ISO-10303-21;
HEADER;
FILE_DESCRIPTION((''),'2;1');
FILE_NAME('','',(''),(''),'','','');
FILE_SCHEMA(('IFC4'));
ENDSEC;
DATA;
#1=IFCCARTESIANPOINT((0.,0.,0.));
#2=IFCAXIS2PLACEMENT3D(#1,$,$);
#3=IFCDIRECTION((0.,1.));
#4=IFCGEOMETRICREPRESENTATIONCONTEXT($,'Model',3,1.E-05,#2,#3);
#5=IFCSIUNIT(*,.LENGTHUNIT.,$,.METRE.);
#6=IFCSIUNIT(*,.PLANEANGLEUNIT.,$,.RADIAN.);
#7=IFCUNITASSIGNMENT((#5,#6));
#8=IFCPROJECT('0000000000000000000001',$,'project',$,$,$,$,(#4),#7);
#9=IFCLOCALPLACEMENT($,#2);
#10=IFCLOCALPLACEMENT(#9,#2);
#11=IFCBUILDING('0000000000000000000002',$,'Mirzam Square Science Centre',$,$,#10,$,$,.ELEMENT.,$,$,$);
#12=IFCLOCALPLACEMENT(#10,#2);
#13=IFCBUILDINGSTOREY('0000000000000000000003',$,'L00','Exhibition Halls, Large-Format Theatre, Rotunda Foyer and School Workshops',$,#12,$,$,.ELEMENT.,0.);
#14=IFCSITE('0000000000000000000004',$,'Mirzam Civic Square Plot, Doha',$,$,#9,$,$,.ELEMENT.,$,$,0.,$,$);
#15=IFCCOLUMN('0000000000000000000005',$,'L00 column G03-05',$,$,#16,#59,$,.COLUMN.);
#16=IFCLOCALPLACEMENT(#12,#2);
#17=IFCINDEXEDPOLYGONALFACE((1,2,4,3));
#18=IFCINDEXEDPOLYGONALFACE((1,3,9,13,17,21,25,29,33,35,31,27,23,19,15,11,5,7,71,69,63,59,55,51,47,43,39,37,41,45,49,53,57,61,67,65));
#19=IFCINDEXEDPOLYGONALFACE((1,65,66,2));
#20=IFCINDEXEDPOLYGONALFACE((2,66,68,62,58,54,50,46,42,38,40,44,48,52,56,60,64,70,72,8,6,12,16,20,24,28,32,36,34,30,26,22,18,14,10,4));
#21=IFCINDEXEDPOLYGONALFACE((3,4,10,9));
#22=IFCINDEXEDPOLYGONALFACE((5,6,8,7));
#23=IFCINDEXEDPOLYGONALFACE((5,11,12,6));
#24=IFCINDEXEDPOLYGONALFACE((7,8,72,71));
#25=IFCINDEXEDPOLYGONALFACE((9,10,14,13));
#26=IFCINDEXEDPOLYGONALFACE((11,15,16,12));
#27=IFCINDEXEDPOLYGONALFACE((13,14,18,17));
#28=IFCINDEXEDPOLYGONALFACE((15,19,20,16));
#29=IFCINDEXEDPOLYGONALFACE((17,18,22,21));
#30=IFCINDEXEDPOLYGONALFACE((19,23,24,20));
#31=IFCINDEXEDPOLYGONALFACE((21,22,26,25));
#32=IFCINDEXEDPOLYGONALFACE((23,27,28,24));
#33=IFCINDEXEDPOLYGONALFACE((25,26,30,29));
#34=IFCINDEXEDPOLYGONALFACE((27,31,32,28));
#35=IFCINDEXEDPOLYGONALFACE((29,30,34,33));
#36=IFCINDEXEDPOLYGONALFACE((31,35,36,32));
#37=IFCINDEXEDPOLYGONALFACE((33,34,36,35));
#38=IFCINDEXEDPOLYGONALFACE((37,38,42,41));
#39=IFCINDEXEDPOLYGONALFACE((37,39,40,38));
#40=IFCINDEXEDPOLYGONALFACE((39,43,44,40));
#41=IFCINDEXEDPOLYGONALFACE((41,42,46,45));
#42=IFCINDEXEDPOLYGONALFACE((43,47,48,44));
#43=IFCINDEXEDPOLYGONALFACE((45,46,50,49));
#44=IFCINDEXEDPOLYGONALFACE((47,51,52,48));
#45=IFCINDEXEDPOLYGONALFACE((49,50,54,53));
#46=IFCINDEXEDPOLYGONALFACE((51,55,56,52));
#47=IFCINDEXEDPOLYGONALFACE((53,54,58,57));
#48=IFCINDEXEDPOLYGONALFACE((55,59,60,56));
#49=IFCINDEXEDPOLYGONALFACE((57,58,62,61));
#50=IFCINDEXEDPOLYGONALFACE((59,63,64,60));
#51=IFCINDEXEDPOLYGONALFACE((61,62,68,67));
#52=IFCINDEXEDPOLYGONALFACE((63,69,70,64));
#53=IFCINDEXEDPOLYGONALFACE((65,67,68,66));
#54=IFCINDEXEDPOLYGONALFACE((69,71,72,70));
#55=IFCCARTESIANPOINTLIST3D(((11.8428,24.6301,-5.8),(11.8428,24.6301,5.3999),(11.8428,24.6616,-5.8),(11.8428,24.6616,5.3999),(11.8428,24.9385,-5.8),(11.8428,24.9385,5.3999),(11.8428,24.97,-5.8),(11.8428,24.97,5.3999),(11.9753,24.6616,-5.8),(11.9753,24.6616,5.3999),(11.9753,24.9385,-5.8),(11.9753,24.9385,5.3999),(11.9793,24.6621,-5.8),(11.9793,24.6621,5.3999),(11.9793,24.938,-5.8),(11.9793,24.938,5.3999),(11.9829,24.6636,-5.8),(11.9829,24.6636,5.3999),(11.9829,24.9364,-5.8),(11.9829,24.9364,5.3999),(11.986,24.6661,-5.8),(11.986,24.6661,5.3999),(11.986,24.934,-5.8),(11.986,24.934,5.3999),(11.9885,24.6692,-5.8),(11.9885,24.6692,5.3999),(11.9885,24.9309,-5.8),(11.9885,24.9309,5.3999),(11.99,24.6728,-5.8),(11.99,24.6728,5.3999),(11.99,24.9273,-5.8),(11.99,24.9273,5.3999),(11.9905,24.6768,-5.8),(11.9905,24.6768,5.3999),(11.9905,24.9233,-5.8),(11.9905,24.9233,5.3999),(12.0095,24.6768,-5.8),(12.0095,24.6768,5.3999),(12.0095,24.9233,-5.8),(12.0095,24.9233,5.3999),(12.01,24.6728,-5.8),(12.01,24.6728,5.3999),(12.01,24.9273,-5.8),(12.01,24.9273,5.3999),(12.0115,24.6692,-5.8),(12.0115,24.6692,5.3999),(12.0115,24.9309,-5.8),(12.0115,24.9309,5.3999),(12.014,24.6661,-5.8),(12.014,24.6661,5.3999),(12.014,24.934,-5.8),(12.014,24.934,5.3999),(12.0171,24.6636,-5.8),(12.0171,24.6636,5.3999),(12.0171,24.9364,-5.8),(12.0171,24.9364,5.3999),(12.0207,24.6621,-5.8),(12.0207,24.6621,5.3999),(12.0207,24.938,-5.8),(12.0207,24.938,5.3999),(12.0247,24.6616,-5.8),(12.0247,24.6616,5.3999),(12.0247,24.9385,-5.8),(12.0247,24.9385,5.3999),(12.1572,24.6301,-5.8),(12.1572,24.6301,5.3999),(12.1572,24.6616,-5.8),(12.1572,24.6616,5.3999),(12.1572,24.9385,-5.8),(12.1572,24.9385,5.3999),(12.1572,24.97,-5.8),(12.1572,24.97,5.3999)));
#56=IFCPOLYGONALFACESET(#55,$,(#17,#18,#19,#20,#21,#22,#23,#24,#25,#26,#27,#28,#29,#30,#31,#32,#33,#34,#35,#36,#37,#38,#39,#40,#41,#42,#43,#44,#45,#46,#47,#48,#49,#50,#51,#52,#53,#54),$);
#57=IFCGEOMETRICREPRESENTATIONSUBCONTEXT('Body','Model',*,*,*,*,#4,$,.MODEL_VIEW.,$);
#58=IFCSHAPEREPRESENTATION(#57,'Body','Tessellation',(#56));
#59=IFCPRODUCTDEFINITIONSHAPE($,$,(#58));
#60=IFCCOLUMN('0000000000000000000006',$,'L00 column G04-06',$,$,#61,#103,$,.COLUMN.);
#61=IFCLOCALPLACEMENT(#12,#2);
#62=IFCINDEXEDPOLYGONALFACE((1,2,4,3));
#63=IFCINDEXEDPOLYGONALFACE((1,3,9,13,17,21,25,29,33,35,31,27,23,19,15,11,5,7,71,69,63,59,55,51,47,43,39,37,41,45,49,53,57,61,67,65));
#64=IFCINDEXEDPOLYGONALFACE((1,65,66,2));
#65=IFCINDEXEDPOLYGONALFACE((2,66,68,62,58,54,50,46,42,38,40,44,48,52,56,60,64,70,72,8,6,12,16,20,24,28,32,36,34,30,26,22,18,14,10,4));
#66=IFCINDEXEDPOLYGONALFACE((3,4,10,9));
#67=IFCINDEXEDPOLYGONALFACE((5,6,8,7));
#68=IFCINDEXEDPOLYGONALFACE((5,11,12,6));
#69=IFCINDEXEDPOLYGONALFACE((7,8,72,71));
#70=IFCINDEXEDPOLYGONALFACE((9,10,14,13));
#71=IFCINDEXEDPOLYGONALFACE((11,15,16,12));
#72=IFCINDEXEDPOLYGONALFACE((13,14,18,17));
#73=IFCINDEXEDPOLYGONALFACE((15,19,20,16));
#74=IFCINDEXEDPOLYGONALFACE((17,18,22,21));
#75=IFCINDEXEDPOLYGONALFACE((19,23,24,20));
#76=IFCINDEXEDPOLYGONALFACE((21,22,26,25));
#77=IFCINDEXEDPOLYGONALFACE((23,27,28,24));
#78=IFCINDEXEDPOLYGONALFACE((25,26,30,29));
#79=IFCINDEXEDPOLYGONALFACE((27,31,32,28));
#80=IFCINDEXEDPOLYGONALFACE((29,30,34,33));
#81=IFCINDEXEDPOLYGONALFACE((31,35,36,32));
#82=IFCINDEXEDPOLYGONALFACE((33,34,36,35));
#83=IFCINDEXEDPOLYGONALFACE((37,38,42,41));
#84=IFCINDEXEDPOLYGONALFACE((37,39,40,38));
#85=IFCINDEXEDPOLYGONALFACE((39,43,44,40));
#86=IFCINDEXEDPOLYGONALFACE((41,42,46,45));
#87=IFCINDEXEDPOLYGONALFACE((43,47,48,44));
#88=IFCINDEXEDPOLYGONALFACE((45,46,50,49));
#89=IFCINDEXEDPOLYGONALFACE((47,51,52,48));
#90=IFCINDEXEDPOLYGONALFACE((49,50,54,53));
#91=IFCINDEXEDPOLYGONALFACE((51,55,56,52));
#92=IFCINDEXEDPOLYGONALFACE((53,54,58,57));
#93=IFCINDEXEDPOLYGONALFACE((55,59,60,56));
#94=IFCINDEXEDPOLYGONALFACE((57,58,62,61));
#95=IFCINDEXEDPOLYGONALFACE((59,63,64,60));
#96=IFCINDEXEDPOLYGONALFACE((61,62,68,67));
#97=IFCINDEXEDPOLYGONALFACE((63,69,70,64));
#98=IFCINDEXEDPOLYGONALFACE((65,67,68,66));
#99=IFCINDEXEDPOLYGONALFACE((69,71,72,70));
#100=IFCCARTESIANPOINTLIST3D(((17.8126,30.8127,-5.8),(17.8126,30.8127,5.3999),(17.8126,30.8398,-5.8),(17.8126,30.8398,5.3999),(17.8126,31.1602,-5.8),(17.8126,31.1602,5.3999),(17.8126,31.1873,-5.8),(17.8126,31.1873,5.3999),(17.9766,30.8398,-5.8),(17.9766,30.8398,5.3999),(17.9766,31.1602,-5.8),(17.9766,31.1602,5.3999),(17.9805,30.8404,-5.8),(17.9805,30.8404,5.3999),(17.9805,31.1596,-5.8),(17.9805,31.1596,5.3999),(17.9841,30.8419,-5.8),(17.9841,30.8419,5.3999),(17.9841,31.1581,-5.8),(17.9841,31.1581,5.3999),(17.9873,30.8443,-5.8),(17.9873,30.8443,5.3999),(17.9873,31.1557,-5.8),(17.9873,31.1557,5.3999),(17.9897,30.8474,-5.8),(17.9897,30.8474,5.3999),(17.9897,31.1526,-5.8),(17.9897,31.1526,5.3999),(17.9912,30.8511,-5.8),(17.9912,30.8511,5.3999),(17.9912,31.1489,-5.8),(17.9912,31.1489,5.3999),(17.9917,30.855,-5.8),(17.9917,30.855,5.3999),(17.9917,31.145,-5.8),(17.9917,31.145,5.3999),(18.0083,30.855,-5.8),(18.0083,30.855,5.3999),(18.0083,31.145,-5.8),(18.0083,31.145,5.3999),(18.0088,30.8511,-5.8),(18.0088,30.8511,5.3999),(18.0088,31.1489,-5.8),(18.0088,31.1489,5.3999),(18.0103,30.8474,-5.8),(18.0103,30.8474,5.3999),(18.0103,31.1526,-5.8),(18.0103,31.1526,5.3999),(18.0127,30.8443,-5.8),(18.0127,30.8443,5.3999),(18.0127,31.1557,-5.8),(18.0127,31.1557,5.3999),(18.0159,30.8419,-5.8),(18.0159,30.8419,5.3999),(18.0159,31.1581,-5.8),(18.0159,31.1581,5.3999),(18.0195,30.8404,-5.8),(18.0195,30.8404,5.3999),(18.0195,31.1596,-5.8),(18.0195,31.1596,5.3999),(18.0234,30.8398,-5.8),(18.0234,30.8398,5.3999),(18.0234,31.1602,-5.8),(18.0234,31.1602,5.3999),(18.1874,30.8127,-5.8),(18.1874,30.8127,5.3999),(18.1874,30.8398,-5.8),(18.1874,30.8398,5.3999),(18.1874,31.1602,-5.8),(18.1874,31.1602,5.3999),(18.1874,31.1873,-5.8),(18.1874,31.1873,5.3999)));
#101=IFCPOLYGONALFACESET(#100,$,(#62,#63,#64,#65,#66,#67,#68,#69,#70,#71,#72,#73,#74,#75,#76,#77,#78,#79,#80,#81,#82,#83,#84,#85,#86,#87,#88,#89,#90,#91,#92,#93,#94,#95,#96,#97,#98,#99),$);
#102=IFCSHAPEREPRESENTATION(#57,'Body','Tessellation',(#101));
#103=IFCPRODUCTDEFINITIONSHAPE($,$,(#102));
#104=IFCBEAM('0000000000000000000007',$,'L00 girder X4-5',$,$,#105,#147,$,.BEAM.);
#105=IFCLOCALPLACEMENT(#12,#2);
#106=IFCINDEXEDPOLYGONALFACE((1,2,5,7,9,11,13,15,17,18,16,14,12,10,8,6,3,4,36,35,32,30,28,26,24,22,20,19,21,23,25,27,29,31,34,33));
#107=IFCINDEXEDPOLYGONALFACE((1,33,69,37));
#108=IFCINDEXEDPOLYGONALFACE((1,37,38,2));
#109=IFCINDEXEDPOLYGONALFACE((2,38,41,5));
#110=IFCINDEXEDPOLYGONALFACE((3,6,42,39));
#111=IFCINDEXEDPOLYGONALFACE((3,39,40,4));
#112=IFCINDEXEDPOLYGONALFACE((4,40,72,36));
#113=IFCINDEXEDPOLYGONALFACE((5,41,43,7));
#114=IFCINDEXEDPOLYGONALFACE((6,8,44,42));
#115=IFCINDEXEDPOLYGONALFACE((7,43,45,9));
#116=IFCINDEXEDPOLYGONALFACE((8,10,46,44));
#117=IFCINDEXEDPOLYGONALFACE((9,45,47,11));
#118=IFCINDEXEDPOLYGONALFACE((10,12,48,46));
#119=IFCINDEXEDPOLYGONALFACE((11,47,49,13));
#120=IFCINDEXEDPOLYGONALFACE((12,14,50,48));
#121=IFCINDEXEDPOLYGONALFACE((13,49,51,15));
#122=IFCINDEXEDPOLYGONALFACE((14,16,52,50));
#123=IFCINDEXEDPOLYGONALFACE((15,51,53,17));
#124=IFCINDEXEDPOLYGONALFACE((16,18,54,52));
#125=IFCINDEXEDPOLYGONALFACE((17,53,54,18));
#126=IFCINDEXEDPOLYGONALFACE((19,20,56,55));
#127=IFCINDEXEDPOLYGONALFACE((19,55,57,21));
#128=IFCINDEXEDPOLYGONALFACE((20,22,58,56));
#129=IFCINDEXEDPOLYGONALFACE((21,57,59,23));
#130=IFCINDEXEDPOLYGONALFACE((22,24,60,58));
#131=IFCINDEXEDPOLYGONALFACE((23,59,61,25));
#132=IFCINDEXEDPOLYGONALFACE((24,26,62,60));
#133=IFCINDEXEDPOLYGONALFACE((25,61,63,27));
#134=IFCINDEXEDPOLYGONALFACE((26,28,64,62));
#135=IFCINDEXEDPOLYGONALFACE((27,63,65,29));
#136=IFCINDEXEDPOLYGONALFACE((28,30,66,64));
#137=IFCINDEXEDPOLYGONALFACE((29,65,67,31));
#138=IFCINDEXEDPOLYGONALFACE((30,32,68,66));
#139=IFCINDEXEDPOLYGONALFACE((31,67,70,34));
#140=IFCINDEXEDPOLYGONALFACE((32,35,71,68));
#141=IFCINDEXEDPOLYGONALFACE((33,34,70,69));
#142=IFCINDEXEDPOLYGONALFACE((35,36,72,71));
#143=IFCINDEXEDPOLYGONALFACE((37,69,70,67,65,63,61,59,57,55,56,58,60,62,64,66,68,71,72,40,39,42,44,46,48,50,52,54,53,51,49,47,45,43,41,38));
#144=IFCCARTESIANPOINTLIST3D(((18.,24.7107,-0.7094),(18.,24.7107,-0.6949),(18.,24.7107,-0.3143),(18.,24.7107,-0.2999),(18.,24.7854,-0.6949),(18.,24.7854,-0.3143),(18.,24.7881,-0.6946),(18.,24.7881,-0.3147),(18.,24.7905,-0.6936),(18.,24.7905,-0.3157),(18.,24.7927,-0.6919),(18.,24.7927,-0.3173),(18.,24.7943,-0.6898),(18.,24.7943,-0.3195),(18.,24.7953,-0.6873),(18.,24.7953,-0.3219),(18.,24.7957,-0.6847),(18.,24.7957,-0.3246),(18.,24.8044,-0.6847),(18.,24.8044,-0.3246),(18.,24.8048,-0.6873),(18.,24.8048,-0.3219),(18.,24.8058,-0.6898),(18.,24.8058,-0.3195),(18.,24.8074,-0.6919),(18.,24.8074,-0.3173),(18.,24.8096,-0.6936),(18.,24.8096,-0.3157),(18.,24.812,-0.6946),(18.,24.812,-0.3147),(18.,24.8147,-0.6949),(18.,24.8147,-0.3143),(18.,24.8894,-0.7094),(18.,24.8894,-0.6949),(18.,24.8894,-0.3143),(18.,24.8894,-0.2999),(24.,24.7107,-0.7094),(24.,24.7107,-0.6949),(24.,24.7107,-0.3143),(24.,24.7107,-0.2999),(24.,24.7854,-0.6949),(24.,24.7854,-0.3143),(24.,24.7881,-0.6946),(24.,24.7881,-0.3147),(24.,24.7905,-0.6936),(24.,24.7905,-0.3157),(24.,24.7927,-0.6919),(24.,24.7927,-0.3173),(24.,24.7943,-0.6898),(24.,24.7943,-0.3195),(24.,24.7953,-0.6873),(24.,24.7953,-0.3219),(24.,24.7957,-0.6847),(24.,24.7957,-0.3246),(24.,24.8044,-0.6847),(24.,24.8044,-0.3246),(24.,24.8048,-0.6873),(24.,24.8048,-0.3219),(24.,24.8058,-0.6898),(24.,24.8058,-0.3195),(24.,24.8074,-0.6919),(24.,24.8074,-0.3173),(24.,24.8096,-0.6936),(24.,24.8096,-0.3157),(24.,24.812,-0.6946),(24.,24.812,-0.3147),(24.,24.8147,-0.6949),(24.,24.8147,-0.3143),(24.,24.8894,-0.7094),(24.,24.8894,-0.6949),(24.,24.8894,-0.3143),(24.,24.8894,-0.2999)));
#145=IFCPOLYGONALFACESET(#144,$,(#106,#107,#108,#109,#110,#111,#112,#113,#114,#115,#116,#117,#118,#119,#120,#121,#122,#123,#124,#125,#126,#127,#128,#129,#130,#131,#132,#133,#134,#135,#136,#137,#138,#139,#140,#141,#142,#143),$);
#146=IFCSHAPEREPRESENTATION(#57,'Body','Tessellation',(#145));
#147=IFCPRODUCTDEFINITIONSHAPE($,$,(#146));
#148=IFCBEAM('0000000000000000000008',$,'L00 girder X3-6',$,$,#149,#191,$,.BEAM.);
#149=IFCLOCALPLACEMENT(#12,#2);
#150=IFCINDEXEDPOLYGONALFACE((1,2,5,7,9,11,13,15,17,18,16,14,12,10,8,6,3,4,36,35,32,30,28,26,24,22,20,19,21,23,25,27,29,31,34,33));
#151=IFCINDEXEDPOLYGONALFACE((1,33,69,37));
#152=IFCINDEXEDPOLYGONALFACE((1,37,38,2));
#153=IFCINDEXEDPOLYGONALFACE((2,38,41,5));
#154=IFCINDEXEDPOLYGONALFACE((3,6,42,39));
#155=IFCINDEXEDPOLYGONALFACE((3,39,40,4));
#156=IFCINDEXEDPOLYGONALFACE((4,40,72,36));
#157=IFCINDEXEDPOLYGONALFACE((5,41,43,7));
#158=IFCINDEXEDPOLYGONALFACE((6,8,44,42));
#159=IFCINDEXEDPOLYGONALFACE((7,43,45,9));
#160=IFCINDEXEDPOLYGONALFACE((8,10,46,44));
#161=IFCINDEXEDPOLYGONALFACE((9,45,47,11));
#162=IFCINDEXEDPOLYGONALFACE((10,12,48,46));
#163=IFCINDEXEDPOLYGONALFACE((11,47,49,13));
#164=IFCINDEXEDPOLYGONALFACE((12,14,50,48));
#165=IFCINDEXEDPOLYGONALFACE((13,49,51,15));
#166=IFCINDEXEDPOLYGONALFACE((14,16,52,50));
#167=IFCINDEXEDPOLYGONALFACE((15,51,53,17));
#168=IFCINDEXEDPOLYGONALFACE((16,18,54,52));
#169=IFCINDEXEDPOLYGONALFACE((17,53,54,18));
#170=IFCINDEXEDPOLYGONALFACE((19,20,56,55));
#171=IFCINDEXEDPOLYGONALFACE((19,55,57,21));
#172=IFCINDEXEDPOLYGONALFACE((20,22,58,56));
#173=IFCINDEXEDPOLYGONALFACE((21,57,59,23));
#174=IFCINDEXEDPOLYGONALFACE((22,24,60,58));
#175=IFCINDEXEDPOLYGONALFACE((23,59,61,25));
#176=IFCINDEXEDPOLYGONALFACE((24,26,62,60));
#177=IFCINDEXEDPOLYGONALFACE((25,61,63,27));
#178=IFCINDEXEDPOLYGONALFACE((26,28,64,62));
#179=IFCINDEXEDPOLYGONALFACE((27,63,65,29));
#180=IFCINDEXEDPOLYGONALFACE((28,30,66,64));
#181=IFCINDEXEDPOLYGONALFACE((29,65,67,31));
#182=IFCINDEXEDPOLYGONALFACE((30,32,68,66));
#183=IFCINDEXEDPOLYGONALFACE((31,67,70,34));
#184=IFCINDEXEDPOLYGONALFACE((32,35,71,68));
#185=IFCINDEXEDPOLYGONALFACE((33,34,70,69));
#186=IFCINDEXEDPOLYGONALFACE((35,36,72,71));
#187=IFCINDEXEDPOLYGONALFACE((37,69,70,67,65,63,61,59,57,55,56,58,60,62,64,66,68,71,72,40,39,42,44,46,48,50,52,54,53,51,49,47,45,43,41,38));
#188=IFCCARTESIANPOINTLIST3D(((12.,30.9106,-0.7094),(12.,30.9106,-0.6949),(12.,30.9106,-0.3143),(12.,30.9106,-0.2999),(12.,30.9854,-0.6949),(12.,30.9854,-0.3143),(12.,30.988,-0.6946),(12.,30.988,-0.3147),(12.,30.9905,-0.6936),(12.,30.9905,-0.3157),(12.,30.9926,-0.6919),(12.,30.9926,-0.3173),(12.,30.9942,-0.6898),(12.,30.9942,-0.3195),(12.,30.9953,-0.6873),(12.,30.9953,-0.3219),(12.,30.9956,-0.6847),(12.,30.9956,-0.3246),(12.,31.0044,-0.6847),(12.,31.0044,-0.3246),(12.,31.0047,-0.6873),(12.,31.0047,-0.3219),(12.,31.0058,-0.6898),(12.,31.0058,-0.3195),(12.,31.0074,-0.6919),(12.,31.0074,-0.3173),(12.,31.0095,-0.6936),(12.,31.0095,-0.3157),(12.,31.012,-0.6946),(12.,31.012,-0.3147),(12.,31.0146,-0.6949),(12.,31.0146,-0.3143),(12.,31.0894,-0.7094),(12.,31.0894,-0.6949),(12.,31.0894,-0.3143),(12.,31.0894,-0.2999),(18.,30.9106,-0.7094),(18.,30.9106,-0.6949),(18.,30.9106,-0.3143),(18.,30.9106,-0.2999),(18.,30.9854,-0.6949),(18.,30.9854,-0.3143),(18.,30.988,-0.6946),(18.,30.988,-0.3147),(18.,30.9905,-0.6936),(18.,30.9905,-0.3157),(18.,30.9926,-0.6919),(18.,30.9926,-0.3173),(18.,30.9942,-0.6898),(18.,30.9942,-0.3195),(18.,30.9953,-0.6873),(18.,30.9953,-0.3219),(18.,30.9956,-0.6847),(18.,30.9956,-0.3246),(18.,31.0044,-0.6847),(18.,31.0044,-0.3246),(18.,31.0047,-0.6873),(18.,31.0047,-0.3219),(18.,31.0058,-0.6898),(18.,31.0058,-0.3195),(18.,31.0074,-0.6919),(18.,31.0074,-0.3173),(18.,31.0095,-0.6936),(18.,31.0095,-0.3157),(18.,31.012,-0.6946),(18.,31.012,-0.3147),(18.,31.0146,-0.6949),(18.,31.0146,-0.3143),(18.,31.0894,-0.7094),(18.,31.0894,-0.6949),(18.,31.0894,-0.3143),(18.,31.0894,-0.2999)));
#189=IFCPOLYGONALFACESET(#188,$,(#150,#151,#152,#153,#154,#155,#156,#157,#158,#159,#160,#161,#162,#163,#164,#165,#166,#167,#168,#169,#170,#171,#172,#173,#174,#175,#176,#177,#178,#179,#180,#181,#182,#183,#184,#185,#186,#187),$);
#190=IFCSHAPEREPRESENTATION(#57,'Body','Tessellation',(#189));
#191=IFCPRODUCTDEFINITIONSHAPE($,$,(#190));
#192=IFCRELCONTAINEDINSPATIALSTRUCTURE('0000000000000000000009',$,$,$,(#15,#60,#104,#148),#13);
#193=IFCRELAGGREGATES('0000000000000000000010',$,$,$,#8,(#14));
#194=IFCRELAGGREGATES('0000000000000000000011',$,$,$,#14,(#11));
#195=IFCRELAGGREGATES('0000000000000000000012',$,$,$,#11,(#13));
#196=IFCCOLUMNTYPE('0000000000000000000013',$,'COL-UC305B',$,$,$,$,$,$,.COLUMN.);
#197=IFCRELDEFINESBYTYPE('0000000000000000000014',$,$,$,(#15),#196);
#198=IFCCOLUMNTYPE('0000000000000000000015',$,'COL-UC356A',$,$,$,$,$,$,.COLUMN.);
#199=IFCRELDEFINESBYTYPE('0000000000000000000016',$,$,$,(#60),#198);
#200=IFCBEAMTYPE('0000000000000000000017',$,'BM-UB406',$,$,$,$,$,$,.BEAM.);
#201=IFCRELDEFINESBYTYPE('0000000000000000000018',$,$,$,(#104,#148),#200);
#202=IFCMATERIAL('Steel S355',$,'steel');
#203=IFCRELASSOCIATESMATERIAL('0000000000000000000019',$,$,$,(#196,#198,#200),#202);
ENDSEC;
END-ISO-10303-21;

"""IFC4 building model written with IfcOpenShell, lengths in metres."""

from ifc_helpers import new_model, si_unit, direction, frame, origin, origin_2d, place, context, subcontext, project, spatial, i_section, extrude, material, material_profile, profile_set, type_object, element, save


model = new_model("IFC4")

# Units and contexts
model_context = context("Model", 3, precision=1e-05, world=origin(), true_north=direction((0.0, 1.0)))
body_context = subcontext(model_context, "Body", "Model", "MODEL_VIEW")
ifc_project = project(units=[si_unit("LENGTHUNIT", "METRE"), si_unit("PLANEANGLEUNIT", "RADIAN")], contexts=[model_context])

# Site, building, storey
site_placement = place(None, origin())
site = spatial("IfcSite", under=ifc_project, at=site_placement, Name="Mirzam Civic Square Plot, Doha", CompositionType="ELEMENT", RefElevation=0.0)
building_placement = place(site_placement, origin())
building = spatial("IfcBuilding", under=site, at=building_placement, Name="Mirzam Square Science Centre", CompositionType="ELEMENT")
storey_placement = place(building_placement, origin())
storey = spatial("IfcBuildingStorey", under=building, at=storey_placement, Name="L00", Description="Exhibition Halls, Large-Format Theatre, Rotunda Foyer and School Workshops", CompositionType="ELEMENT", Elevation=0.0)

# Columns
ifc_material_1 = material(Name="Steel S355", Category="steel")
ifc_material_profile_1 = material_profile(ifc_material_1, i_section(OverallWidth=0.3145, OverallDepth=0.3398, WebThickness=0.019, FlangeThickness=0.0315, FilletRadius=0.0151, at=origin_2d()), Name="305x305x198UC")
ifc_profile_set_1 = profile_set([ifc_material_profile_1], Name="Steel S355")
column_type_1 = type_object("IfcColumnType", Name="COL-UC305B", PredefinedType="COLUMN", material=ifc_profile_set_1)
column_1_placement = place(storey_placement, frame((12.0, 24.8, -5.8), z_axis=(0.0, 0.0, 1.0), x_axis=(1.0, 0.0, 0.0)))
element("IfcColumn", 1, at=column_1_placement, inside=storey, type_object=column_type_1, Name="L00 column G03-05", PredefinedType="COLUMN", context=body_context, shape_type="SweptSolid", body=[
    extrude(i_section(OverallWidth=0.3145, OverallDepth=0.3398, WebThickness=0.019, FlangeThickness=0.0315, FilletRadius=0.0151, at=origin_2d()), origin(), (0.0, 0.0, 1.0), 11.2),
])
ifc_material_profile_2 = material_profile(ifc_material_1, i_section(OverallWidth=0.3748, OverallDepth=0.3745, WebThickness=0.0166, FlangeThickness=0.0271, FilletRadius=0.0151, at=origin_2d()), Name="356x368x202UC")
ifc_profile_set_2 = profile_set([ifc_material_profile_2], Name="Steel S355")
column_type_2 = type_object("IfcColumnType", Name="COL-UC356A", PredefinedType="COLUMN", material=ifc_profile_set_2)
column_2_placement = place(storey_placement, frame((18.0, 31.0, -5.8), z_axis=(0.0, 0.0, 1.0), x_axis=(1.0, 0.0, 0.0)))
element("IfcColumn", 2, at=column_2_placement, inside=storey, type_object=column_type_2, Name="L00 column G04-06", PredefinedType="COLUMN", context=body_context, shape_type="SweptSolid", body=[
    extrude(i_section(OverallWidth=0.3748, OverallDepth=0.3745, WebThickness=0.0166, FlangeThickness=0.0271, FilletRadius=0.0151, at=origin_2d()), origin(), (0.0, 0.0, 1.0), 11.2),
])

# Beams
ifc_material_profile_3 = material_profile(ifc_material_1, i_section(OverallWidth=0.1787, OverallDepth=0.4094, WebThickness=0.0088, FlangeThickness=0.0144, FilletRadius=0.0103, at=origin_2d()), Name="406x178x67UB")
ifc_profile_set_3 = profile_set([ifc_material_profile_3], Name="Steel S355")
beam_type_1 = type_object("IfcBeamType", Name="BM-UB406", PredefinedType="BEAM", material=ifc_profile_set_3)
for number, where, z_axis, x_axis, name in (
    (3, (18.0, 24.8, -0.5046), (1.0, 0.0, 0.0), (0.0, 1.0, 0.0), "L00 girder X4-5"),
    (4, (12.0, 31.0, -0.5046), (1.0, 0.0, 0.0), (0.0, 1.0, 0.0), "L00 girder X3-6"),
):
    element("IfcBeam", number, at=place(storey_placement, frame(where, z_axis=z_axis, x_axis=x_axis)), inside=storey, type_object=beam_type_1, Name=name, PredefinedType="BEAM", context=body_context, shape_type="SweptSolid", body=[
        extrude(i_section(OverallWidth=0.1787, OverallDepth=0.4094, WebThickness=0.0088, FlangeThickness=0.0144, FilletRadius=0.0103, at=origin_2d()), origin(), (0.0, 0.0, 1.0), 6.0),
    ])

save(model, "model.ifc")
